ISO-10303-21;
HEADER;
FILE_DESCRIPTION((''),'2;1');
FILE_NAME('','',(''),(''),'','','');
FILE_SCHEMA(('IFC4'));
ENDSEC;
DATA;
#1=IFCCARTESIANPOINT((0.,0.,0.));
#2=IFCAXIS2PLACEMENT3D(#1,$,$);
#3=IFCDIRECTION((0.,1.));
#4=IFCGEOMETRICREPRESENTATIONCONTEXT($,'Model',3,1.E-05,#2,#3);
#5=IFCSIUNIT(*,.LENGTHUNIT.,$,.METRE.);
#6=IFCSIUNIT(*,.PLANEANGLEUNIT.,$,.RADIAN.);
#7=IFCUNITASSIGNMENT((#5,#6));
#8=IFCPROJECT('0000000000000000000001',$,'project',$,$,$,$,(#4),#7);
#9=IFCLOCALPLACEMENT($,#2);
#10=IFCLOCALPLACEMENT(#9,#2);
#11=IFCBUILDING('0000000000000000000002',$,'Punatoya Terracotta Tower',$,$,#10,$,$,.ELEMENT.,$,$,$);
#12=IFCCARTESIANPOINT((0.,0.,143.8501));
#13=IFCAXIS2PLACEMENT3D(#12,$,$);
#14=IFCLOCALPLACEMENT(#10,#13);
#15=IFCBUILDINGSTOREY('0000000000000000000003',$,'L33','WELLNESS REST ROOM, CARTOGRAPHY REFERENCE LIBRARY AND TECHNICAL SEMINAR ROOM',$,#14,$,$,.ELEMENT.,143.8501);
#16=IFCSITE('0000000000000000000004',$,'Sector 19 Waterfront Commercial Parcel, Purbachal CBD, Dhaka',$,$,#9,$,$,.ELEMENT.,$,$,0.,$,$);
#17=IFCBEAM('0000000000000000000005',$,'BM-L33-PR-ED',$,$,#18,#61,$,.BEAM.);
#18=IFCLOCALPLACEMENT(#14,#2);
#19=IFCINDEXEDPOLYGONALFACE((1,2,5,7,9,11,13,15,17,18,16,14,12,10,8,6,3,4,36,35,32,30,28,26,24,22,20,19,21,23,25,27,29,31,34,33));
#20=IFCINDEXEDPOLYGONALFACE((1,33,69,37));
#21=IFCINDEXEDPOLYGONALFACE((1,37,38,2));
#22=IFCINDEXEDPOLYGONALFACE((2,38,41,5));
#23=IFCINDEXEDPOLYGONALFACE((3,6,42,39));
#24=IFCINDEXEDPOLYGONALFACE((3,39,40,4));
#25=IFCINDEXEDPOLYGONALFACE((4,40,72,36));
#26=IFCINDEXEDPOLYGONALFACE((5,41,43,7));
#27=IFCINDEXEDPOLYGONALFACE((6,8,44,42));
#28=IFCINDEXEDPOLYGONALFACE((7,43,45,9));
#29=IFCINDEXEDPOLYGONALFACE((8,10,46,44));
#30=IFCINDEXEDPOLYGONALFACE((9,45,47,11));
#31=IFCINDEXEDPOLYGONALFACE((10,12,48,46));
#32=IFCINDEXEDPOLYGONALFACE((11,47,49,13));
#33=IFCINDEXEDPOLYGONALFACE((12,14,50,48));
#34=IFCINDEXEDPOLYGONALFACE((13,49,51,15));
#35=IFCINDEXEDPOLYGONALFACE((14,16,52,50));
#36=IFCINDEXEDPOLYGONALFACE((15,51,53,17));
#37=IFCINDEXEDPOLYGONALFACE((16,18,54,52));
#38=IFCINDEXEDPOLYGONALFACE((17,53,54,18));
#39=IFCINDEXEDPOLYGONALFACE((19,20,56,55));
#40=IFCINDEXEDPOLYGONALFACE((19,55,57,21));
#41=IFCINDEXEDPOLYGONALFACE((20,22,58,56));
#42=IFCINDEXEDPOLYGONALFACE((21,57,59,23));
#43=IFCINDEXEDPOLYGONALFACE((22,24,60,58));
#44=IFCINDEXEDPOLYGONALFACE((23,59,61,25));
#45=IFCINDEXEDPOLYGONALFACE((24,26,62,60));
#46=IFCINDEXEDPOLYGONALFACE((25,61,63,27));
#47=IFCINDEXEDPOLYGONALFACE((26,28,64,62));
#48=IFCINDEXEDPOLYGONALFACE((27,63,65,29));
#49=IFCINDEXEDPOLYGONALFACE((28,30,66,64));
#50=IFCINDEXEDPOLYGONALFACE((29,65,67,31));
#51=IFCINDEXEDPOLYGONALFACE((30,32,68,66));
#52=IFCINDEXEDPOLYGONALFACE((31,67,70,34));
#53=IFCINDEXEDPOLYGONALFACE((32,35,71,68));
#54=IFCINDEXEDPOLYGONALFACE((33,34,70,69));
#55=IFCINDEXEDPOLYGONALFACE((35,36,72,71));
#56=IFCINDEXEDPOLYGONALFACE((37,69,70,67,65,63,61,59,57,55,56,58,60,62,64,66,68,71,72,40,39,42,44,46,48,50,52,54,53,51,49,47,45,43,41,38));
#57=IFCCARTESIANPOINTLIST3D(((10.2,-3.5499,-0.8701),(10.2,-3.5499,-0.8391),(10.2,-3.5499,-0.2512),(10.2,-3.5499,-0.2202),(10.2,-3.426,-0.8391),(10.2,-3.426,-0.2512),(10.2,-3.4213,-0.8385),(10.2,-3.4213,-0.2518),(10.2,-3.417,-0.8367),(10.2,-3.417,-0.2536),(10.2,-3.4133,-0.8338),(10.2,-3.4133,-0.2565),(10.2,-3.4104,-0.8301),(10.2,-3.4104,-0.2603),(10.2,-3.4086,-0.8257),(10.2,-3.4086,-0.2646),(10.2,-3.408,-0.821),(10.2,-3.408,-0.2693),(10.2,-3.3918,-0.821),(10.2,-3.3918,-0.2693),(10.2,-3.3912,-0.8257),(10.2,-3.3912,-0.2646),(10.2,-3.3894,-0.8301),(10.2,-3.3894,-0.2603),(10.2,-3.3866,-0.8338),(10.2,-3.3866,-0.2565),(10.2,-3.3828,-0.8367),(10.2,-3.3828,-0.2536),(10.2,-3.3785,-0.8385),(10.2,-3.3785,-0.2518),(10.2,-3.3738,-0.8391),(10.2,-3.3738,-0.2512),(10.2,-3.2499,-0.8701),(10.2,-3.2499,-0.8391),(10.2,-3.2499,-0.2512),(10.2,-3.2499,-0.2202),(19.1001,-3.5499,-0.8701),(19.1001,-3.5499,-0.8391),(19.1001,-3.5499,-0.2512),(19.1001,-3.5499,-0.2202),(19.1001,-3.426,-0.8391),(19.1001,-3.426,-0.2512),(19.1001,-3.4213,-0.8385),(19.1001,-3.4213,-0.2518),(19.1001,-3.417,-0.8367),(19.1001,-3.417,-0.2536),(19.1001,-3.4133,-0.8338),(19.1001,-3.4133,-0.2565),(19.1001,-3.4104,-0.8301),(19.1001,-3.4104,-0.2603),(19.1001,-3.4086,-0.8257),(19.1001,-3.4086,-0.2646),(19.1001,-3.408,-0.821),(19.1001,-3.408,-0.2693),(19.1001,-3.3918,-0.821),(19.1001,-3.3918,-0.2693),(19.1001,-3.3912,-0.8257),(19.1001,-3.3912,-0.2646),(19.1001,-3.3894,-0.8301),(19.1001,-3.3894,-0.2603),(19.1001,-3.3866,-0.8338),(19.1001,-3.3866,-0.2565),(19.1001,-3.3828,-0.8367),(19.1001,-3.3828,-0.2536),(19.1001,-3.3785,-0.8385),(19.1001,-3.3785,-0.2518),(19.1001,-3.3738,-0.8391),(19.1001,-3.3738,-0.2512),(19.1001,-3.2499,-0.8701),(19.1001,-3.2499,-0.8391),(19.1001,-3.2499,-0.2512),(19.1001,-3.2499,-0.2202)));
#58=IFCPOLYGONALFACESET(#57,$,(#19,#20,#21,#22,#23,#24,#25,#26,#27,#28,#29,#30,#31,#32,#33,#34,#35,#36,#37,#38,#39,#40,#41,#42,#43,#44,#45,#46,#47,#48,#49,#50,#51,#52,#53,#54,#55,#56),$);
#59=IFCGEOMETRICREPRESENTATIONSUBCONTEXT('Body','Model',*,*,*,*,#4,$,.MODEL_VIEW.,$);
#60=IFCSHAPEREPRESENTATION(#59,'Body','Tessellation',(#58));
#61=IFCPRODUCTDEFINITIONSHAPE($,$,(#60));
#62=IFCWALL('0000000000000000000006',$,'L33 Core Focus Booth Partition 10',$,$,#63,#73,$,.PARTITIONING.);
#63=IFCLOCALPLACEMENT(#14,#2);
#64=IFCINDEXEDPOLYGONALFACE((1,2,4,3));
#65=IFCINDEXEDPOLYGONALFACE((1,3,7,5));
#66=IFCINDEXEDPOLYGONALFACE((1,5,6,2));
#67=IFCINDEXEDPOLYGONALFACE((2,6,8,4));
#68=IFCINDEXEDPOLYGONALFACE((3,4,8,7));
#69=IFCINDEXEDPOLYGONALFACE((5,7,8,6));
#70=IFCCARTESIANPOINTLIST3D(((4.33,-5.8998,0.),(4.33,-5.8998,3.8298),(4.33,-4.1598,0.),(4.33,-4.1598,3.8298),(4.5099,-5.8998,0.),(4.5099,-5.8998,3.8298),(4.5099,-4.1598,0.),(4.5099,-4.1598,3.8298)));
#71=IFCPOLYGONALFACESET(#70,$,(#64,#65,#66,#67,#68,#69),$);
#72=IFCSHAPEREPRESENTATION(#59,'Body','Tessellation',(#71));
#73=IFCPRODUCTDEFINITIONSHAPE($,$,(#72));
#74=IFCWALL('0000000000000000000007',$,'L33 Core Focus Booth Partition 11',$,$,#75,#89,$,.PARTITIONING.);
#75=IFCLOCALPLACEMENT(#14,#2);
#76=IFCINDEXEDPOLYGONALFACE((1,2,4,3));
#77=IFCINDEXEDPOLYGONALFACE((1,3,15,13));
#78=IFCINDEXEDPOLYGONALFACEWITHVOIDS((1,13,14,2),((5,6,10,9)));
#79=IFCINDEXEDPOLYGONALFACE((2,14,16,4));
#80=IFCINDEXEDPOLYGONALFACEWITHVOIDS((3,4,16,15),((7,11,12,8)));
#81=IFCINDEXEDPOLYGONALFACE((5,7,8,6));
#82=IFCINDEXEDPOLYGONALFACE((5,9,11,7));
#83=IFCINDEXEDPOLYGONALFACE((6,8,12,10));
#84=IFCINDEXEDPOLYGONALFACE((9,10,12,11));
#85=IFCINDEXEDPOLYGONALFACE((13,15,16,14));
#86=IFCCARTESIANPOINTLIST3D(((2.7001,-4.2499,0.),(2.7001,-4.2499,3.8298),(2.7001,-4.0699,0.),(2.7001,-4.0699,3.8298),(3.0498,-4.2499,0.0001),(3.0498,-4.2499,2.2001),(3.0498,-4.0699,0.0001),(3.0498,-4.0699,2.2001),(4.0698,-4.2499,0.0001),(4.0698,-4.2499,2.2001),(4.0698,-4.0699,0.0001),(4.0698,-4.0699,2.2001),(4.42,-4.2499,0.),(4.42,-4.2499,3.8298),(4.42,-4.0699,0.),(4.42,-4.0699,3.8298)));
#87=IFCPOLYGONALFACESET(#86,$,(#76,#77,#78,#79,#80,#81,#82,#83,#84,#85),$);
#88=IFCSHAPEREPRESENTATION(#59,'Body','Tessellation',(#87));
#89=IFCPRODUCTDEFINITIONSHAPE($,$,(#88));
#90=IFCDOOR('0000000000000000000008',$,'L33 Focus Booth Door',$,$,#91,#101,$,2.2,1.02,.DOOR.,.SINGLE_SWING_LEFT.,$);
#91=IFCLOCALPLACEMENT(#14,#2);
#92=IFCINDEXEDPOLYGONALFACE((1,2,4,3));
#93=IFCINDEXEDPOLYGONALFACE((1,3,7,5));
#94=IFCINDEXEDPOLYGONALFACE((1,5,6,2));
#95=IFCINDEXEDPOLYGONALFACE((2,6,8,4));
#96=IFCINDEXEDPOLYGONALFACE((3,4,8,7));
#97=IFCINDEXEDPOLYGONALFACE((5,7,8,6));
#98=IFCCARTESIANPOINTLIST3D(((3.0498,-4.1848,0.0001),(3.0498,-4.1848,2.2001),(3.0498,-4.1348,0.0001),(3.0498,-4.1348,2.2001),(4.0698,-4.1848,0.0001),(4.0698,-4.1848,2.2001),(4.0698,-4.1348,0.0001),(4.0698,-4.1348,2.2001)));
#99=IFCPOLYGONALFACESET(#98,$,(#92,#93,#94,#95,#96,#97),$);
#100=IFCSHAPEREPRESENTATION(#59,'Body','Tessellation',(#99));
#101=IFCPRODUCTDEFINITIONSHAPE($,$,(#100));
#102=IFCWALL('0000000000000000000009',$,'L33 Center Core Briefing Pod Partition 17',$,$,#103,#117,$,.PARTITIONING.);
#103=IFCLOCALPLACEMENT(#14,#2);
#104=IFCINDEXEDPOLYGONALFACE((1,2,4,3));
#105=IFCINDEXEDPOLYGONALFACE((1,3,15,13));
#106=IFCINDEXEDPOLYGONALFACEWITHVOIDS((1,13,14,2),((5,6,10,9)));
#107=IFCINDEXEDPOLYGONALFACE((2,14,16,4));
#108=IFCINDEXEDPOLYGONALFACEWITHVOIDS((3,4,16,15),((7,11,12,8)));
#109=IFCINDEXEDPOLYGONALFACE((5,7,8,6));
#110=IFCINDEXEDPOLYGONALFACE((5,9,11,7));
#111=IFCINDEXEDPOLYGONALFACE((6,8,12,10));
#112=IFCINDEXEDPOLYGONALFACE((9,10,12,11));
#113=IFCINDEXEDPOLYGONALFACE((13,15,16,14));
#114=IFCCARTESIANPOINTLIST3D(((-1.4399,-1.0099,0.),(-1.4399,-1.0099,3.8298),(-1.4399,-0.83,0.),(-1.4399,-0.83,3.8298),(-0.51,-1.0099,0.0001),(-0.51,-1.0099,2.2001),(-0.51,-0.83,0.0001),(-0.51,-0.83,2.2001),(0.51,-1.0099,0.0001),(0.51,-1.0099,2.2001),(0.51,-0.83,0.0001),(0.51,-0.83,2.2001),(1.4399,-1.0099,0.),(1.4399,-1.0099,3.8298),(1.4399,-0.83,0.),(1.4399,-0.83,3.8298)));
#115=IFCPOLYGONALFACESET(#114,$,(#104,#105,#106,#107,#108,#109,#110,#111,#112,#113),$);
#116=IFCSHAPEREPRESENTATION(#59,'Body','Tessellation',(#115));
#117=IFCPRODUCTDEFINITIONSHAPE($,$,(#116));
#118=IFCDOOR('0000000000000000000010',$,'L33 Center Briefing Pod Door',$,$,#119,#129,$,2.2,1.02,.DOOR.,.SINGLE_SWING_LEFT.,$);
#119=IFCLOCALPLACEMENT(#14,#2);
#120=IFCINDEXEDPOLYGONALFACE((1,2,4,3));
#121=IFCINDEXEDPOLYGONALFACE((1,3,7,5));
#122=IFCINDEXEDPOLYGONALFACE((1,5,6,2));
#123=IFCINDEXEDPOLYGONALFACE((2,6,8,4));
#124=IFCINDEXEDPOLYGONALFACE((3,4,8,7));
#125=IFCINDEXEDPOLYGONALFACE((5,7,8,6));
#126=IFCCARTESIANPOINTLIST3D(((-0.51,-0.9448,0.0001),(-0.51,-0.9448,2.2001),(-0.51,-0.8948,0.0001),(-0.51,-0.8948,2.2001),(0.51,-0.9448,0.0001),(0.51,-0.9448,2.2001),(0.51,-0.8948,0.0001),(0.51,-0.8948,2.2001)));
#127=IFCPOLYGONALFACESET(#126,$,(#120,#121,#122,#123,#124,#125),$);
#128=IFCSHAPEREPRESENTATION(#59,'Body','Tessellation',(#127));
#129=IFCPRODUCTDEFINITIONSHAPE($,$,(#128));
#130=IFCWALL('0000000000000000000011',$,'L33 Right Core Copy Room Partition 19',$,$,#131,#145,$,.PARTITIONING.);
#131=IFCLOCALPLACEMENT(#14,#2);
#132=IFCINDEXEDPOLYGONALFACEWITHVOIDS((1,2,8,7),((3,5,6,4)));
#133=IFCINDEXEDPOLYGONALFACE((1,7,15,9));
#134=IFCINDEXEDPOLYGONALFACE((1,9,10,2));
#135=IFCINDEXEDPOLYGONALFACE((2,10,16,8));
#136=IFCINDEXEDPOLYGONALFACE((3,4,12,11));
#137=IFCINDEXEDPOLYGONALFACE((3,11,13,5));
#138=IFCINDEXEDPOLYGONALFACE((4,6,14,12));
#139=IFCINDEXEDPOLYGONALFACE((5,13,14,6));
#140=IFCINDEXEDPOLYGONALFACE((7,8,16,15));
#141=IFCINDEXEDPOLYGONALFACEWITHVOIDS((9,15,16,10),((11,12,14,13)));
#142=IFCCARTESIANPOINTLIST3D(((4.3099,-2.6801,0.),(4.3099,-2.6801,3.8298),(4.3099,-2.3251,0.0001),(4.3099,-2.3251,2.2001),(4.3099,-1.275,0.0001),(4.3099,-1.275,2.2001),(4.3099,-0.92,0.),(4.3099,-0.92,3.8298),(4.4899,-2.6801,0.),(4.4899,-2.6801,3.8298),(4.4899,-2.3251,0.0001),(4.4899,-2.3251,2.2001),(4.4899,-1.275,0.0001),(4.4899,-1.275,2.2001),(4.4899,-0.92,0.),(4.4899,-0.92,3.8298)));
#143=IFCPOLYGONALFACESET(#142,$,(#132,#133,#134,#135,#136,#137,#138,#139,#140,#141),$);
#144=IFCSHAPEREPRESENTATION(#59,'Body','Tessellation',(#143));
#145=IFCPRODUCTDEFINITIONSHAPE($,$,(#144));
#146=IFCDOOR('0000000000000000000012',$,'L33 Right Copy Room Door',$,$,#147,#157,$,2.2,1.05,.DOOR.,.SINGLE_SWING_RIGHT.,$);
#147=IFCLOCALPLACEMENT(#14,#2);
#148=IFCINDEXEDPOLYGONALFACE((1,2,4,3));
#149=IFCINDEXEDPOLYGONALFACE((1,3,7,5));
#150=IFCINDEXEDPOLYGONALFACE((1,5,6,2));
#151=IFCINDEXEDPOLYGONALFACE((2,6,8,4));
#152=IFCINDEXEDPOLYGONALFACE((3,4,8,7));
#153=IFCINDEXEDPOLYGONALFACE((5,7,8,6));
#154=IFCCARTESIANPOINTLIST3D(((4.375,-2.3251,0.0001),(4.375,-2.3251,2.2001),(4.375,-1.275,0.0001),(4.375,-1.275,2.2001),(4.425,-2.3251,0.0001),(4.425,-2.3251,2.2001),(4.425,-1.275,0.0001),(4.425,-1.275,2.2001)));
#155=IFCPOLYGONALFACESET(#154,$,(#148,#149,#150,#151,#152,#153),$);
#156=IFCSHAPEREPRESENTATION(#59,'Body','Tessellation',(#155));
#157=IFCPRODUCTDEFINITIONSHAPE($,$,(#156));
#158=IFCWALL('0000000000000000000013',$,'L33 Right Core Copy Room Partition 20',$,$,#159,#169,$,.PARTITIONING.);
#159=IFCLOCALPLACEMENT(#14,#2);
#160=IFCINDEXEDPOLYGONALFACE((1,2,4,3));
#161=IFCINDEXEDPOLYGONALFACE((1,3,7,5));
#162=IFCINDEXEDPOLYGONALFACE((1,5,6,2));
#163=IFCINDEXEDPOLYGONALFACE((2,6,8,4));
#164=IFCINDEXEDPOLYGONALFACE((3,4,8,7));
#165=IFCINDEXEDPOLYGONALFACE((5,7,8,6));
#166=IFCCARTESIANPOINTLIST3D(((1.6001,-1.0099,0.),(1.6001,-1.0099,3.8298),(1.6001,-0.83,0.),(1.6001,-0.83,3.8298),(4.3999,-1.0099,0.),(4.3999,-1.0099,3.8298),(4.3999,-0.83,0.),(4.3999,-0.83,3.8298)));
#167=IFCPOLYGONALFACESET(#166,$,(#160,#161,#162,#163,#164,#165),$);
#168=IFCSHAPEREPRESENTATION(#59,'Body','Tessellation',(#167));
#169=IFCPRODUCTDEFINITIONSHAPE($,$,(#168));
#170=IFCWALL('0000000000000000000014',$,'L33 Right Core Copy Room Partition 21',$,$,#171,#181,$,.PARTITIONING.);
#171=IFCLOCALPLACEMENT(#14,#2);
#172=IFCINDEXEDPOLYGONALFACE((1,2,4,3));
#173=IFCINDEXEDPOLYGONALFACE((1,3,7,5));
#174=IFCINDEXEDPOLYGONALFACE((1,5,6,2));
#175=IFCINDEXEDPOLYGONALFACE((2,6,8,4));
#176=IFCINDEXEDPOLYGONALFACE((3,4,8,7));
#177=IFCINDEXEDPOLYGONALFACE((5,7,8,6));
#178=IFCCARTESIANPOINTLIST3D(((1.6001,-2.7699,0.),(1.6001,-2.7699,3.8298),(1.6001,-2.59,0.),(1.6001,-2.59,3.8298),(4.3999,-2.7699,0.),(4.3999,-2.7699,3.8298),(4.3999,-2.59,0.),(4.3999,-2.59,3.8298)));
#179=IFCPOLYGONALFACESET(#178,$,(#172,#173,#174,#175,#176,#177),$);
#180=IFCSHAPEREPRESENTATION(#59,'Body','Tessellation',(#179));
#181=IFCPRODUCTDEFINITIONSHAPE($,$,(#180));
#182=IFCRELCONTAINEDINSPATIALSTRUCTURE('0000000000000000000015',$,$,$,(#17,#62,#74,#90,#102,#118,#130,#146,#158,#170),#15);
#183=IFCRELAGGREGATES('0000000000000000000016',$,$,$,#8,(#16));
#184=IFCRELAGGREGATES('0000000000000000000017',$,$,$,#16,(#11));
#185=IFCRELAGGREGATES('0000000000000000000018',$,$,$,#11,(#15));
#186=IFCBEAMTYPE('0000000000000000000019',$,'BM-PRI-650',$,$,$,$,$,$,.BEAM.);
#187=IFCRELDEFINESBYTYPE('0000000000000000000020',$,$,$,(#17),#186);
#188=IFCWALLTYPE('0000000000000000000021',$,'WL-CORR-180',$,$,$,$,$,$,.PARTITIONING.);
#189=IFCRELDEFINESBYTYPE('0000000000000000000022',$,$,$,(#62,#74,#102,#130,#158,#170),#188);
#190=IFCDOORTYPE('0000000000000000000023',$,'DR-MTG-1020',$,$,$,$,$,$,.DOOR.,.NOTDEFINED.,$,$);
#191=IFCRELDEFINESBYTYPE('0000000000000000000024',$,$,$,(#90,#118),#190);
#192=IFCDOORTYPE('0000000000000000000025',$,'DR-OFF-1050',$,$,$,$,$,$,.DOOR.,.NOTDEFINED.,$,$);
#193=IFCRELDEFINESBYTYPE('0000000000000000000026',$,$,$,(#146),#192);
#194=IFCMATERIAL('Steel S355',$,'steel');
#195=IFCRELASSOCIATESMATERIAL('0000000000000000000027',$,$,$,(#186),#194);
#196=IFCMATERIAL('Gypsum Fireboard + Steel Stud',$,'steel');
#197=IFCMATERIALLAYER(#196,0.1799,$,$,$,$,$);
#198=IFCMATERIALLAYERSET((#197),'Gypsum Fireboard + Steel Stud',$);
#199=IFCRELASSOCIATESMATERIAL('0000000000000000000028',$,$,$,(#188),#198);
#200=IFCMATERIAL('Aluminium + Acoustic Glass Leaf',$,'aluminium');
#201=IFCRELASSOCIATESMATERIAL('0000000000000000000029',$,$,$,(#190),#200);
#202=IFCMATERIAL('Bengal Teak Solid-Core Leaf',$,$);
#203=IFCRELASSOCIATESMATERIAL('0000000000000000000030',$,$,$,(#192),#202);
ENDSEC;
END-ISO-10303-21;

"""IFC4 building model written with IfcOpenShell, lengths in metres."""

from ifc_helpers import new_model, si_unit, direction, frame, frame_2d, origin, origin_2d, place, context, subcontext, project, spatial, rectangle, i_section, extrude, material, layer, layer_set, material_profile, profile_set, type_object, element, fill, save


model = new_model("IFC4")

# Units and contexts
model_context = context("Model", 3, precision=1e-05, world=origin(), true_north=direction((0.0, 1.0)))
body_context = subcontext(model_context, "Body", "Model", "MODEL_VIEW")
ifc_project = project(units=[si_unit("LENGTHUNIT", "METRE"), si_unit("PLANEANGLEUNIT", "RADIAN")], contexts=[model_context])

# Site, building, storey
site_placement = place(None, origin())
site = spatial("IfcSite", under=ifc_project, at=site_placement, Name="Sector 19 Waterfront Commercial Parcel, Purbachal CBD, Dhaka", CompositionType="ELEMENT", RefElevation=0.0)
building_placement = place(site_placement, origin())
building = spatial("IfcBuilding", under=site, at=building_placement, Name="Punatoya Terracotta Tower", CompositionType="ELEMENT")
storey_placement = place(building_placement, frame((0.0, 0.0, 143.8501)))
storey = spatial("IfcBuildingStorey", under=building, at=storey_placement, Name="L33", Description="WELLNESS REST ROOM, CARTOGRAPHY REFERENCE LIBRARY AND TECHNICAL SEMINAR ROOM", CompositionType="ELEMENT", Elevation=143.8501)

# Beam
ifc_material_1 = material(Name="Steel S355", Category="steel")
ifc_material_profile = material_profile(ifc_material_1, i_section(OverallWidth=0.3, OverallDepth=0.6499, WebThickness=0.0161, FlangeThickness=0.031, FilletRadius=0.0181, at=origin_2d()))
ifc_profile_set = profile_set([ifc_material_profile], Name="Steel S355")
beam_type = type_object("IfcBeamType", Name="BM-PRI-650", PredefinedType="BEAM", material=ifc_profile_set)
beam_placement = place(storey_placement, frame((10.2, -3.3999, -0.5452), z_axis=(1.0, 0.0, 0.0), x_axis=(0.0, 1.0, 0.0)))
element("IfcBeam", 1, at=beam_placement, inside=storey, type_object=beam_type, Name="BM-L33-PR-ED", PredefinedType="BEAM", context=body_context, shape_type="SweptSolid", body=[
    extrude(i_section(OverallWidth=0.3, OverallDepth=0.6499, WebThickness=0.0161, FlangeThickness=0.031, FilletRadius=0.0181, at=origin_2d()), origin(), (0.0, 0.0, 1.0), 8.9001),
])

# Wall
ifc_material_2 = material(Name="Gypsum Fireboard + Steel Stud", Category="steel")
ifc_layer_1 = layer(ifc_material_2, 0.1799)
ifc_layer_set_1 = layer_set([ifc_layer_1], Name="Gypsum Fireboard + Steel Stud")
wall_type_1 = type_object("IfcWallType", Name="WL-CORR-180", PredefinedType="PARTITIONING", material=ifc_layer_set_1)
wall_1_placement = place(storey_placement, frame((4.4199, -5.8999, 0.0), z_axis=(0.0, 0.0, 1.0), x_axis=(0.0, 1.0, 0.0)))
element("IfcWall", 2, at=wall_1_placement, inside=storey, type_object=wall_type_1, Name="L33 Core Focus Booth Partition 10", PredefinedType="PARTITIONING", context=body_context, shape_type="SweptSolid", body=[
    extrude(rectangle(XDim=1.74, YDim=0.1799, at=frame_2d((0.8701, 0.0))), origin(), (0.0, 0.0, 1.0), 3.8298),
])

# Walls, openings, doors
wall_2_placement = place(storey_placement, frame((4.4199, -4.1599, 0.0), z_axis=(0.0, 0.0, 1.0), x_axis=(-1.0, 0.0, 0.0)))
wall_2 = element("IfcWall", 3, at=wall_2_placement, inside=storey, type_object=wall_type_1, Name="L33 Core Focus Booth Partition 11", PredefinedType="PARTITIONING", context=body_context, shape_type="SweptSolid", body=[
    extrude(rectangle(XDim=1.72, YDim=0.1799, at=frame_2d((0.8599, 0.0))), origin(), (0.0, 0.0, 1.0), 3.8298),
])
opening_1_placement = place(wall_2_placement, frame((0.3501, 0.0, 0.0)))
opening_1 = element("IfcOpeningElement", 4, at=opening_1_placement, cuts=wall_2, PredefinedType="OPENING", context=body_context, shape_type="SweptSolid", body=[
    extrude(rectangle(XDim=1.02, YDim=2.2, at=frame_2d((0.51, 1.1001))), frame((0.0, 0.0999, 0.0), z_axis=(0.0, -1.0, 0.0), x_axis=(1.0, 0.0, 0.0)), (0.0, 0.0, 1.0), 0.2),
])
ifc_material_3 = material(Name="Aluminium + Acoustic Glass Leaf", Category="aluminium")
door_type_1 = type_object("IfcDoorType", Name="DR-MTG-1020", OperationType="NOTDEFINED", PredefinedType="DOOR", material=ifc_material_3)
door_1_placement = place(opening_1_placement, origin())
door_1 = element("IfcDoor", 5, at=door_1_placement, inside=storey, type_object=door_type_1, Name="L33 Focus Booth Door", OperationType="SINGLE_SWING_LEFT", OverallHeight=2.2, OverallWidth=1.02, PredefinedType="DOOR", context=body_context, shape_type="SweptSolid", body=[
    extrude(rectangle(XDim=1.02, YDim=2.2, at=frame_2d((0.51, 1.1001))), frame((0.0, 0.0249, 0.0), z_axis=(0.0, -1.0, 0.0), x_axis=(1.0, 0.0, 0.0)), (0.0, 0.0, 1.0), 0.05),
])
fill(opening_1, door_1)
wall_3_placement = place(storey_placement, frame((1.4399, -0.9199, 0.0), z_axis=(0.0, 0.0, 1.0), x_axis=(-1.0, 0.0, 0.0)))
wall_3 = element("IfcWall", 6, at=wall_3_placement, inside=storey, type_object=wall_type_1, Name="L33 Center Core Briefing Pod Partition 17", PredefinedType="PARTITIONING", context=body_context, shape_type="SweptSolid", body=[
    extrude(rectangle(XDim=2.8799, YDim=0.1799, at=frame_2d((1.4399, 0.0))), origin(), (0.0, 0.0, 1.0), 3.8298),
])
opening_2_placement = place(wall_3_placement, frame((0.9299, 0.0, 0.0)))
opening_2 = element("IfcOpeningElement", 7, at=opening_2_placement, cuts=wall_3, PredefinedType="OPENING", context=body_context, shape_type="SweptSolid", body=[
    extrude(rectangle(XDim=1.02, YDim=2.2, at=frame_2d((0.51, 1.1001))), frame((0.0, 0.0999, 0.0), z_axis=(0.0, -1.0, 0.0), x_axis=(1.0, 0.0, 0.0)), (0.0, 0.0, 1.0), 0.2),
])
door_2_placement = place(opening_2_placement, origin())
door_2 = element("IfcDoor", 8, at=door_2_placement, inside=storey, type_object=door_type_1, Name="L33 Center Briefing Pod Door", OperationType="SINGLE_SWING_LEFT", OverallHeight=2.2, OverallWidth=1.02, PredefinedType="DOOR", context=body_context, shape_type="SweptSolid", body=[
    extrude(rectangle(XDim=1.02, YDim=2.2, at=frame_2d((0.51, 1.1001))), frame((0.0, 0.0249, 0.0), z_axis=(0.0, -1.0, 0.0), x_axis=(1.0, 0.0, 0.0)), (0.0, 0.0, 1.0), 0.05),
])
fill(opening_2, door_2)
wall_4_placement = place(storey_placement, frame((4.3999, -2.6799, 0.0), z_axis=(0.0, 0.0, 1.0), x_axis=(0.0, 1.0, 0.0)))
wall_4 = element("IfcWall", 9, at=wall_4_placement, inside=storey, type_object=wall_type_1, Name="L33 Right Core Copy Room Partition 19", PredefinedType="PARTITIONING", context=body_context, shape_type="SweptSolid", body=[
    extrude(rectangle(XDim=1.76, YDim=0.1799, at=frame_2d((0.8799, 0.0))), origin(), (0.0, 0.0, 1.0), 3.8298),
])
opening_3_placement = place(wall_4_placement, frame((0.355, 0.0, 0.0)))
opening_3 = element("IfcOpeningElement", 10, at=opening_3_placement, cuts=wall_4, PredefinedType="OPENING", context=body_context, shape_type="SweptSolid", body=[
    extrude(rectangle(XDim=1.05, YDim=2.2, at=frame_2d((0.5249, 1.1001))), frame((0.0, 0.0999, 0.0), z_axis=(0.0, -1.0, 0.0), x_axis=(1.0, 0.0, 0.0)), (0.0, 0.0, 1.0), 0.2),
])
ifc_material_4 = material(Name="Bengal Teak Solid-Core Leaf")
door_type_2 = type_object("IfcDoorType", Name="DR-OFF-1050", OperationType="NOTDEFINED", PredefinedType="DOOR", material=ifc_material_4)
door_3_placement = place(opening_3_placement, origin())
door_3 = element("IfcDoor", 11, at=door_3_placement, inside=storey, type_object=door_type_2, Name="L33 Right Copy Room Door", OperationType="SINGLE_SWING_RIGHT", OverallHeight=2.2, OverallWidth=1.05, PredefinedType="DOOR", context=body_context, shape_type="SweptSolid", body=[
    extrude(rectangle(XDim=1.05, YDim=2.2, at=frame_2d((0.5249, 1.1001))), frame((0.0, 0.0249, 0.0), z_axis=(0.0, -1.0, 0.0), x_axis=(1.0, 0.0, 0.0)), (0.0, 0.0, 1.0), 0.05),
])
fill(opening_3, door_3)

# Walls
for number, where, z_axis, x_axis, name in (
    (12, (4.3999, -0.9199, 0.0), (0.0, 0.0, 1.0), (-1.0, 0.0, 0.0), "L33 Right Core Copy Room Partition 20"),
    (13, (1.6001, -2.6799, 0.0), (0.0, 0.0, 1.0), (1.0, 0.0, 0.0), "L33 Right Core Copy Room Partition 21"),
):
    element("IfcWall", number, at=place(storey_placement, frame(where, z_axis=z_axis, x_axis=x_axis)), inside=storey, type_object=wall_type_1, Name=name, PredefinedType="PARTITIONING", context=body_context, shape_type="SweptSolid", body=[
        extrude(rectangle(XDim=2.7998, YDim=0.1799, at=frame_2d((1.3999, 0.0))), origin(), (0.0, 0.0, 1.0), 3.8298),
    ])

save(model, "model.ifc")
